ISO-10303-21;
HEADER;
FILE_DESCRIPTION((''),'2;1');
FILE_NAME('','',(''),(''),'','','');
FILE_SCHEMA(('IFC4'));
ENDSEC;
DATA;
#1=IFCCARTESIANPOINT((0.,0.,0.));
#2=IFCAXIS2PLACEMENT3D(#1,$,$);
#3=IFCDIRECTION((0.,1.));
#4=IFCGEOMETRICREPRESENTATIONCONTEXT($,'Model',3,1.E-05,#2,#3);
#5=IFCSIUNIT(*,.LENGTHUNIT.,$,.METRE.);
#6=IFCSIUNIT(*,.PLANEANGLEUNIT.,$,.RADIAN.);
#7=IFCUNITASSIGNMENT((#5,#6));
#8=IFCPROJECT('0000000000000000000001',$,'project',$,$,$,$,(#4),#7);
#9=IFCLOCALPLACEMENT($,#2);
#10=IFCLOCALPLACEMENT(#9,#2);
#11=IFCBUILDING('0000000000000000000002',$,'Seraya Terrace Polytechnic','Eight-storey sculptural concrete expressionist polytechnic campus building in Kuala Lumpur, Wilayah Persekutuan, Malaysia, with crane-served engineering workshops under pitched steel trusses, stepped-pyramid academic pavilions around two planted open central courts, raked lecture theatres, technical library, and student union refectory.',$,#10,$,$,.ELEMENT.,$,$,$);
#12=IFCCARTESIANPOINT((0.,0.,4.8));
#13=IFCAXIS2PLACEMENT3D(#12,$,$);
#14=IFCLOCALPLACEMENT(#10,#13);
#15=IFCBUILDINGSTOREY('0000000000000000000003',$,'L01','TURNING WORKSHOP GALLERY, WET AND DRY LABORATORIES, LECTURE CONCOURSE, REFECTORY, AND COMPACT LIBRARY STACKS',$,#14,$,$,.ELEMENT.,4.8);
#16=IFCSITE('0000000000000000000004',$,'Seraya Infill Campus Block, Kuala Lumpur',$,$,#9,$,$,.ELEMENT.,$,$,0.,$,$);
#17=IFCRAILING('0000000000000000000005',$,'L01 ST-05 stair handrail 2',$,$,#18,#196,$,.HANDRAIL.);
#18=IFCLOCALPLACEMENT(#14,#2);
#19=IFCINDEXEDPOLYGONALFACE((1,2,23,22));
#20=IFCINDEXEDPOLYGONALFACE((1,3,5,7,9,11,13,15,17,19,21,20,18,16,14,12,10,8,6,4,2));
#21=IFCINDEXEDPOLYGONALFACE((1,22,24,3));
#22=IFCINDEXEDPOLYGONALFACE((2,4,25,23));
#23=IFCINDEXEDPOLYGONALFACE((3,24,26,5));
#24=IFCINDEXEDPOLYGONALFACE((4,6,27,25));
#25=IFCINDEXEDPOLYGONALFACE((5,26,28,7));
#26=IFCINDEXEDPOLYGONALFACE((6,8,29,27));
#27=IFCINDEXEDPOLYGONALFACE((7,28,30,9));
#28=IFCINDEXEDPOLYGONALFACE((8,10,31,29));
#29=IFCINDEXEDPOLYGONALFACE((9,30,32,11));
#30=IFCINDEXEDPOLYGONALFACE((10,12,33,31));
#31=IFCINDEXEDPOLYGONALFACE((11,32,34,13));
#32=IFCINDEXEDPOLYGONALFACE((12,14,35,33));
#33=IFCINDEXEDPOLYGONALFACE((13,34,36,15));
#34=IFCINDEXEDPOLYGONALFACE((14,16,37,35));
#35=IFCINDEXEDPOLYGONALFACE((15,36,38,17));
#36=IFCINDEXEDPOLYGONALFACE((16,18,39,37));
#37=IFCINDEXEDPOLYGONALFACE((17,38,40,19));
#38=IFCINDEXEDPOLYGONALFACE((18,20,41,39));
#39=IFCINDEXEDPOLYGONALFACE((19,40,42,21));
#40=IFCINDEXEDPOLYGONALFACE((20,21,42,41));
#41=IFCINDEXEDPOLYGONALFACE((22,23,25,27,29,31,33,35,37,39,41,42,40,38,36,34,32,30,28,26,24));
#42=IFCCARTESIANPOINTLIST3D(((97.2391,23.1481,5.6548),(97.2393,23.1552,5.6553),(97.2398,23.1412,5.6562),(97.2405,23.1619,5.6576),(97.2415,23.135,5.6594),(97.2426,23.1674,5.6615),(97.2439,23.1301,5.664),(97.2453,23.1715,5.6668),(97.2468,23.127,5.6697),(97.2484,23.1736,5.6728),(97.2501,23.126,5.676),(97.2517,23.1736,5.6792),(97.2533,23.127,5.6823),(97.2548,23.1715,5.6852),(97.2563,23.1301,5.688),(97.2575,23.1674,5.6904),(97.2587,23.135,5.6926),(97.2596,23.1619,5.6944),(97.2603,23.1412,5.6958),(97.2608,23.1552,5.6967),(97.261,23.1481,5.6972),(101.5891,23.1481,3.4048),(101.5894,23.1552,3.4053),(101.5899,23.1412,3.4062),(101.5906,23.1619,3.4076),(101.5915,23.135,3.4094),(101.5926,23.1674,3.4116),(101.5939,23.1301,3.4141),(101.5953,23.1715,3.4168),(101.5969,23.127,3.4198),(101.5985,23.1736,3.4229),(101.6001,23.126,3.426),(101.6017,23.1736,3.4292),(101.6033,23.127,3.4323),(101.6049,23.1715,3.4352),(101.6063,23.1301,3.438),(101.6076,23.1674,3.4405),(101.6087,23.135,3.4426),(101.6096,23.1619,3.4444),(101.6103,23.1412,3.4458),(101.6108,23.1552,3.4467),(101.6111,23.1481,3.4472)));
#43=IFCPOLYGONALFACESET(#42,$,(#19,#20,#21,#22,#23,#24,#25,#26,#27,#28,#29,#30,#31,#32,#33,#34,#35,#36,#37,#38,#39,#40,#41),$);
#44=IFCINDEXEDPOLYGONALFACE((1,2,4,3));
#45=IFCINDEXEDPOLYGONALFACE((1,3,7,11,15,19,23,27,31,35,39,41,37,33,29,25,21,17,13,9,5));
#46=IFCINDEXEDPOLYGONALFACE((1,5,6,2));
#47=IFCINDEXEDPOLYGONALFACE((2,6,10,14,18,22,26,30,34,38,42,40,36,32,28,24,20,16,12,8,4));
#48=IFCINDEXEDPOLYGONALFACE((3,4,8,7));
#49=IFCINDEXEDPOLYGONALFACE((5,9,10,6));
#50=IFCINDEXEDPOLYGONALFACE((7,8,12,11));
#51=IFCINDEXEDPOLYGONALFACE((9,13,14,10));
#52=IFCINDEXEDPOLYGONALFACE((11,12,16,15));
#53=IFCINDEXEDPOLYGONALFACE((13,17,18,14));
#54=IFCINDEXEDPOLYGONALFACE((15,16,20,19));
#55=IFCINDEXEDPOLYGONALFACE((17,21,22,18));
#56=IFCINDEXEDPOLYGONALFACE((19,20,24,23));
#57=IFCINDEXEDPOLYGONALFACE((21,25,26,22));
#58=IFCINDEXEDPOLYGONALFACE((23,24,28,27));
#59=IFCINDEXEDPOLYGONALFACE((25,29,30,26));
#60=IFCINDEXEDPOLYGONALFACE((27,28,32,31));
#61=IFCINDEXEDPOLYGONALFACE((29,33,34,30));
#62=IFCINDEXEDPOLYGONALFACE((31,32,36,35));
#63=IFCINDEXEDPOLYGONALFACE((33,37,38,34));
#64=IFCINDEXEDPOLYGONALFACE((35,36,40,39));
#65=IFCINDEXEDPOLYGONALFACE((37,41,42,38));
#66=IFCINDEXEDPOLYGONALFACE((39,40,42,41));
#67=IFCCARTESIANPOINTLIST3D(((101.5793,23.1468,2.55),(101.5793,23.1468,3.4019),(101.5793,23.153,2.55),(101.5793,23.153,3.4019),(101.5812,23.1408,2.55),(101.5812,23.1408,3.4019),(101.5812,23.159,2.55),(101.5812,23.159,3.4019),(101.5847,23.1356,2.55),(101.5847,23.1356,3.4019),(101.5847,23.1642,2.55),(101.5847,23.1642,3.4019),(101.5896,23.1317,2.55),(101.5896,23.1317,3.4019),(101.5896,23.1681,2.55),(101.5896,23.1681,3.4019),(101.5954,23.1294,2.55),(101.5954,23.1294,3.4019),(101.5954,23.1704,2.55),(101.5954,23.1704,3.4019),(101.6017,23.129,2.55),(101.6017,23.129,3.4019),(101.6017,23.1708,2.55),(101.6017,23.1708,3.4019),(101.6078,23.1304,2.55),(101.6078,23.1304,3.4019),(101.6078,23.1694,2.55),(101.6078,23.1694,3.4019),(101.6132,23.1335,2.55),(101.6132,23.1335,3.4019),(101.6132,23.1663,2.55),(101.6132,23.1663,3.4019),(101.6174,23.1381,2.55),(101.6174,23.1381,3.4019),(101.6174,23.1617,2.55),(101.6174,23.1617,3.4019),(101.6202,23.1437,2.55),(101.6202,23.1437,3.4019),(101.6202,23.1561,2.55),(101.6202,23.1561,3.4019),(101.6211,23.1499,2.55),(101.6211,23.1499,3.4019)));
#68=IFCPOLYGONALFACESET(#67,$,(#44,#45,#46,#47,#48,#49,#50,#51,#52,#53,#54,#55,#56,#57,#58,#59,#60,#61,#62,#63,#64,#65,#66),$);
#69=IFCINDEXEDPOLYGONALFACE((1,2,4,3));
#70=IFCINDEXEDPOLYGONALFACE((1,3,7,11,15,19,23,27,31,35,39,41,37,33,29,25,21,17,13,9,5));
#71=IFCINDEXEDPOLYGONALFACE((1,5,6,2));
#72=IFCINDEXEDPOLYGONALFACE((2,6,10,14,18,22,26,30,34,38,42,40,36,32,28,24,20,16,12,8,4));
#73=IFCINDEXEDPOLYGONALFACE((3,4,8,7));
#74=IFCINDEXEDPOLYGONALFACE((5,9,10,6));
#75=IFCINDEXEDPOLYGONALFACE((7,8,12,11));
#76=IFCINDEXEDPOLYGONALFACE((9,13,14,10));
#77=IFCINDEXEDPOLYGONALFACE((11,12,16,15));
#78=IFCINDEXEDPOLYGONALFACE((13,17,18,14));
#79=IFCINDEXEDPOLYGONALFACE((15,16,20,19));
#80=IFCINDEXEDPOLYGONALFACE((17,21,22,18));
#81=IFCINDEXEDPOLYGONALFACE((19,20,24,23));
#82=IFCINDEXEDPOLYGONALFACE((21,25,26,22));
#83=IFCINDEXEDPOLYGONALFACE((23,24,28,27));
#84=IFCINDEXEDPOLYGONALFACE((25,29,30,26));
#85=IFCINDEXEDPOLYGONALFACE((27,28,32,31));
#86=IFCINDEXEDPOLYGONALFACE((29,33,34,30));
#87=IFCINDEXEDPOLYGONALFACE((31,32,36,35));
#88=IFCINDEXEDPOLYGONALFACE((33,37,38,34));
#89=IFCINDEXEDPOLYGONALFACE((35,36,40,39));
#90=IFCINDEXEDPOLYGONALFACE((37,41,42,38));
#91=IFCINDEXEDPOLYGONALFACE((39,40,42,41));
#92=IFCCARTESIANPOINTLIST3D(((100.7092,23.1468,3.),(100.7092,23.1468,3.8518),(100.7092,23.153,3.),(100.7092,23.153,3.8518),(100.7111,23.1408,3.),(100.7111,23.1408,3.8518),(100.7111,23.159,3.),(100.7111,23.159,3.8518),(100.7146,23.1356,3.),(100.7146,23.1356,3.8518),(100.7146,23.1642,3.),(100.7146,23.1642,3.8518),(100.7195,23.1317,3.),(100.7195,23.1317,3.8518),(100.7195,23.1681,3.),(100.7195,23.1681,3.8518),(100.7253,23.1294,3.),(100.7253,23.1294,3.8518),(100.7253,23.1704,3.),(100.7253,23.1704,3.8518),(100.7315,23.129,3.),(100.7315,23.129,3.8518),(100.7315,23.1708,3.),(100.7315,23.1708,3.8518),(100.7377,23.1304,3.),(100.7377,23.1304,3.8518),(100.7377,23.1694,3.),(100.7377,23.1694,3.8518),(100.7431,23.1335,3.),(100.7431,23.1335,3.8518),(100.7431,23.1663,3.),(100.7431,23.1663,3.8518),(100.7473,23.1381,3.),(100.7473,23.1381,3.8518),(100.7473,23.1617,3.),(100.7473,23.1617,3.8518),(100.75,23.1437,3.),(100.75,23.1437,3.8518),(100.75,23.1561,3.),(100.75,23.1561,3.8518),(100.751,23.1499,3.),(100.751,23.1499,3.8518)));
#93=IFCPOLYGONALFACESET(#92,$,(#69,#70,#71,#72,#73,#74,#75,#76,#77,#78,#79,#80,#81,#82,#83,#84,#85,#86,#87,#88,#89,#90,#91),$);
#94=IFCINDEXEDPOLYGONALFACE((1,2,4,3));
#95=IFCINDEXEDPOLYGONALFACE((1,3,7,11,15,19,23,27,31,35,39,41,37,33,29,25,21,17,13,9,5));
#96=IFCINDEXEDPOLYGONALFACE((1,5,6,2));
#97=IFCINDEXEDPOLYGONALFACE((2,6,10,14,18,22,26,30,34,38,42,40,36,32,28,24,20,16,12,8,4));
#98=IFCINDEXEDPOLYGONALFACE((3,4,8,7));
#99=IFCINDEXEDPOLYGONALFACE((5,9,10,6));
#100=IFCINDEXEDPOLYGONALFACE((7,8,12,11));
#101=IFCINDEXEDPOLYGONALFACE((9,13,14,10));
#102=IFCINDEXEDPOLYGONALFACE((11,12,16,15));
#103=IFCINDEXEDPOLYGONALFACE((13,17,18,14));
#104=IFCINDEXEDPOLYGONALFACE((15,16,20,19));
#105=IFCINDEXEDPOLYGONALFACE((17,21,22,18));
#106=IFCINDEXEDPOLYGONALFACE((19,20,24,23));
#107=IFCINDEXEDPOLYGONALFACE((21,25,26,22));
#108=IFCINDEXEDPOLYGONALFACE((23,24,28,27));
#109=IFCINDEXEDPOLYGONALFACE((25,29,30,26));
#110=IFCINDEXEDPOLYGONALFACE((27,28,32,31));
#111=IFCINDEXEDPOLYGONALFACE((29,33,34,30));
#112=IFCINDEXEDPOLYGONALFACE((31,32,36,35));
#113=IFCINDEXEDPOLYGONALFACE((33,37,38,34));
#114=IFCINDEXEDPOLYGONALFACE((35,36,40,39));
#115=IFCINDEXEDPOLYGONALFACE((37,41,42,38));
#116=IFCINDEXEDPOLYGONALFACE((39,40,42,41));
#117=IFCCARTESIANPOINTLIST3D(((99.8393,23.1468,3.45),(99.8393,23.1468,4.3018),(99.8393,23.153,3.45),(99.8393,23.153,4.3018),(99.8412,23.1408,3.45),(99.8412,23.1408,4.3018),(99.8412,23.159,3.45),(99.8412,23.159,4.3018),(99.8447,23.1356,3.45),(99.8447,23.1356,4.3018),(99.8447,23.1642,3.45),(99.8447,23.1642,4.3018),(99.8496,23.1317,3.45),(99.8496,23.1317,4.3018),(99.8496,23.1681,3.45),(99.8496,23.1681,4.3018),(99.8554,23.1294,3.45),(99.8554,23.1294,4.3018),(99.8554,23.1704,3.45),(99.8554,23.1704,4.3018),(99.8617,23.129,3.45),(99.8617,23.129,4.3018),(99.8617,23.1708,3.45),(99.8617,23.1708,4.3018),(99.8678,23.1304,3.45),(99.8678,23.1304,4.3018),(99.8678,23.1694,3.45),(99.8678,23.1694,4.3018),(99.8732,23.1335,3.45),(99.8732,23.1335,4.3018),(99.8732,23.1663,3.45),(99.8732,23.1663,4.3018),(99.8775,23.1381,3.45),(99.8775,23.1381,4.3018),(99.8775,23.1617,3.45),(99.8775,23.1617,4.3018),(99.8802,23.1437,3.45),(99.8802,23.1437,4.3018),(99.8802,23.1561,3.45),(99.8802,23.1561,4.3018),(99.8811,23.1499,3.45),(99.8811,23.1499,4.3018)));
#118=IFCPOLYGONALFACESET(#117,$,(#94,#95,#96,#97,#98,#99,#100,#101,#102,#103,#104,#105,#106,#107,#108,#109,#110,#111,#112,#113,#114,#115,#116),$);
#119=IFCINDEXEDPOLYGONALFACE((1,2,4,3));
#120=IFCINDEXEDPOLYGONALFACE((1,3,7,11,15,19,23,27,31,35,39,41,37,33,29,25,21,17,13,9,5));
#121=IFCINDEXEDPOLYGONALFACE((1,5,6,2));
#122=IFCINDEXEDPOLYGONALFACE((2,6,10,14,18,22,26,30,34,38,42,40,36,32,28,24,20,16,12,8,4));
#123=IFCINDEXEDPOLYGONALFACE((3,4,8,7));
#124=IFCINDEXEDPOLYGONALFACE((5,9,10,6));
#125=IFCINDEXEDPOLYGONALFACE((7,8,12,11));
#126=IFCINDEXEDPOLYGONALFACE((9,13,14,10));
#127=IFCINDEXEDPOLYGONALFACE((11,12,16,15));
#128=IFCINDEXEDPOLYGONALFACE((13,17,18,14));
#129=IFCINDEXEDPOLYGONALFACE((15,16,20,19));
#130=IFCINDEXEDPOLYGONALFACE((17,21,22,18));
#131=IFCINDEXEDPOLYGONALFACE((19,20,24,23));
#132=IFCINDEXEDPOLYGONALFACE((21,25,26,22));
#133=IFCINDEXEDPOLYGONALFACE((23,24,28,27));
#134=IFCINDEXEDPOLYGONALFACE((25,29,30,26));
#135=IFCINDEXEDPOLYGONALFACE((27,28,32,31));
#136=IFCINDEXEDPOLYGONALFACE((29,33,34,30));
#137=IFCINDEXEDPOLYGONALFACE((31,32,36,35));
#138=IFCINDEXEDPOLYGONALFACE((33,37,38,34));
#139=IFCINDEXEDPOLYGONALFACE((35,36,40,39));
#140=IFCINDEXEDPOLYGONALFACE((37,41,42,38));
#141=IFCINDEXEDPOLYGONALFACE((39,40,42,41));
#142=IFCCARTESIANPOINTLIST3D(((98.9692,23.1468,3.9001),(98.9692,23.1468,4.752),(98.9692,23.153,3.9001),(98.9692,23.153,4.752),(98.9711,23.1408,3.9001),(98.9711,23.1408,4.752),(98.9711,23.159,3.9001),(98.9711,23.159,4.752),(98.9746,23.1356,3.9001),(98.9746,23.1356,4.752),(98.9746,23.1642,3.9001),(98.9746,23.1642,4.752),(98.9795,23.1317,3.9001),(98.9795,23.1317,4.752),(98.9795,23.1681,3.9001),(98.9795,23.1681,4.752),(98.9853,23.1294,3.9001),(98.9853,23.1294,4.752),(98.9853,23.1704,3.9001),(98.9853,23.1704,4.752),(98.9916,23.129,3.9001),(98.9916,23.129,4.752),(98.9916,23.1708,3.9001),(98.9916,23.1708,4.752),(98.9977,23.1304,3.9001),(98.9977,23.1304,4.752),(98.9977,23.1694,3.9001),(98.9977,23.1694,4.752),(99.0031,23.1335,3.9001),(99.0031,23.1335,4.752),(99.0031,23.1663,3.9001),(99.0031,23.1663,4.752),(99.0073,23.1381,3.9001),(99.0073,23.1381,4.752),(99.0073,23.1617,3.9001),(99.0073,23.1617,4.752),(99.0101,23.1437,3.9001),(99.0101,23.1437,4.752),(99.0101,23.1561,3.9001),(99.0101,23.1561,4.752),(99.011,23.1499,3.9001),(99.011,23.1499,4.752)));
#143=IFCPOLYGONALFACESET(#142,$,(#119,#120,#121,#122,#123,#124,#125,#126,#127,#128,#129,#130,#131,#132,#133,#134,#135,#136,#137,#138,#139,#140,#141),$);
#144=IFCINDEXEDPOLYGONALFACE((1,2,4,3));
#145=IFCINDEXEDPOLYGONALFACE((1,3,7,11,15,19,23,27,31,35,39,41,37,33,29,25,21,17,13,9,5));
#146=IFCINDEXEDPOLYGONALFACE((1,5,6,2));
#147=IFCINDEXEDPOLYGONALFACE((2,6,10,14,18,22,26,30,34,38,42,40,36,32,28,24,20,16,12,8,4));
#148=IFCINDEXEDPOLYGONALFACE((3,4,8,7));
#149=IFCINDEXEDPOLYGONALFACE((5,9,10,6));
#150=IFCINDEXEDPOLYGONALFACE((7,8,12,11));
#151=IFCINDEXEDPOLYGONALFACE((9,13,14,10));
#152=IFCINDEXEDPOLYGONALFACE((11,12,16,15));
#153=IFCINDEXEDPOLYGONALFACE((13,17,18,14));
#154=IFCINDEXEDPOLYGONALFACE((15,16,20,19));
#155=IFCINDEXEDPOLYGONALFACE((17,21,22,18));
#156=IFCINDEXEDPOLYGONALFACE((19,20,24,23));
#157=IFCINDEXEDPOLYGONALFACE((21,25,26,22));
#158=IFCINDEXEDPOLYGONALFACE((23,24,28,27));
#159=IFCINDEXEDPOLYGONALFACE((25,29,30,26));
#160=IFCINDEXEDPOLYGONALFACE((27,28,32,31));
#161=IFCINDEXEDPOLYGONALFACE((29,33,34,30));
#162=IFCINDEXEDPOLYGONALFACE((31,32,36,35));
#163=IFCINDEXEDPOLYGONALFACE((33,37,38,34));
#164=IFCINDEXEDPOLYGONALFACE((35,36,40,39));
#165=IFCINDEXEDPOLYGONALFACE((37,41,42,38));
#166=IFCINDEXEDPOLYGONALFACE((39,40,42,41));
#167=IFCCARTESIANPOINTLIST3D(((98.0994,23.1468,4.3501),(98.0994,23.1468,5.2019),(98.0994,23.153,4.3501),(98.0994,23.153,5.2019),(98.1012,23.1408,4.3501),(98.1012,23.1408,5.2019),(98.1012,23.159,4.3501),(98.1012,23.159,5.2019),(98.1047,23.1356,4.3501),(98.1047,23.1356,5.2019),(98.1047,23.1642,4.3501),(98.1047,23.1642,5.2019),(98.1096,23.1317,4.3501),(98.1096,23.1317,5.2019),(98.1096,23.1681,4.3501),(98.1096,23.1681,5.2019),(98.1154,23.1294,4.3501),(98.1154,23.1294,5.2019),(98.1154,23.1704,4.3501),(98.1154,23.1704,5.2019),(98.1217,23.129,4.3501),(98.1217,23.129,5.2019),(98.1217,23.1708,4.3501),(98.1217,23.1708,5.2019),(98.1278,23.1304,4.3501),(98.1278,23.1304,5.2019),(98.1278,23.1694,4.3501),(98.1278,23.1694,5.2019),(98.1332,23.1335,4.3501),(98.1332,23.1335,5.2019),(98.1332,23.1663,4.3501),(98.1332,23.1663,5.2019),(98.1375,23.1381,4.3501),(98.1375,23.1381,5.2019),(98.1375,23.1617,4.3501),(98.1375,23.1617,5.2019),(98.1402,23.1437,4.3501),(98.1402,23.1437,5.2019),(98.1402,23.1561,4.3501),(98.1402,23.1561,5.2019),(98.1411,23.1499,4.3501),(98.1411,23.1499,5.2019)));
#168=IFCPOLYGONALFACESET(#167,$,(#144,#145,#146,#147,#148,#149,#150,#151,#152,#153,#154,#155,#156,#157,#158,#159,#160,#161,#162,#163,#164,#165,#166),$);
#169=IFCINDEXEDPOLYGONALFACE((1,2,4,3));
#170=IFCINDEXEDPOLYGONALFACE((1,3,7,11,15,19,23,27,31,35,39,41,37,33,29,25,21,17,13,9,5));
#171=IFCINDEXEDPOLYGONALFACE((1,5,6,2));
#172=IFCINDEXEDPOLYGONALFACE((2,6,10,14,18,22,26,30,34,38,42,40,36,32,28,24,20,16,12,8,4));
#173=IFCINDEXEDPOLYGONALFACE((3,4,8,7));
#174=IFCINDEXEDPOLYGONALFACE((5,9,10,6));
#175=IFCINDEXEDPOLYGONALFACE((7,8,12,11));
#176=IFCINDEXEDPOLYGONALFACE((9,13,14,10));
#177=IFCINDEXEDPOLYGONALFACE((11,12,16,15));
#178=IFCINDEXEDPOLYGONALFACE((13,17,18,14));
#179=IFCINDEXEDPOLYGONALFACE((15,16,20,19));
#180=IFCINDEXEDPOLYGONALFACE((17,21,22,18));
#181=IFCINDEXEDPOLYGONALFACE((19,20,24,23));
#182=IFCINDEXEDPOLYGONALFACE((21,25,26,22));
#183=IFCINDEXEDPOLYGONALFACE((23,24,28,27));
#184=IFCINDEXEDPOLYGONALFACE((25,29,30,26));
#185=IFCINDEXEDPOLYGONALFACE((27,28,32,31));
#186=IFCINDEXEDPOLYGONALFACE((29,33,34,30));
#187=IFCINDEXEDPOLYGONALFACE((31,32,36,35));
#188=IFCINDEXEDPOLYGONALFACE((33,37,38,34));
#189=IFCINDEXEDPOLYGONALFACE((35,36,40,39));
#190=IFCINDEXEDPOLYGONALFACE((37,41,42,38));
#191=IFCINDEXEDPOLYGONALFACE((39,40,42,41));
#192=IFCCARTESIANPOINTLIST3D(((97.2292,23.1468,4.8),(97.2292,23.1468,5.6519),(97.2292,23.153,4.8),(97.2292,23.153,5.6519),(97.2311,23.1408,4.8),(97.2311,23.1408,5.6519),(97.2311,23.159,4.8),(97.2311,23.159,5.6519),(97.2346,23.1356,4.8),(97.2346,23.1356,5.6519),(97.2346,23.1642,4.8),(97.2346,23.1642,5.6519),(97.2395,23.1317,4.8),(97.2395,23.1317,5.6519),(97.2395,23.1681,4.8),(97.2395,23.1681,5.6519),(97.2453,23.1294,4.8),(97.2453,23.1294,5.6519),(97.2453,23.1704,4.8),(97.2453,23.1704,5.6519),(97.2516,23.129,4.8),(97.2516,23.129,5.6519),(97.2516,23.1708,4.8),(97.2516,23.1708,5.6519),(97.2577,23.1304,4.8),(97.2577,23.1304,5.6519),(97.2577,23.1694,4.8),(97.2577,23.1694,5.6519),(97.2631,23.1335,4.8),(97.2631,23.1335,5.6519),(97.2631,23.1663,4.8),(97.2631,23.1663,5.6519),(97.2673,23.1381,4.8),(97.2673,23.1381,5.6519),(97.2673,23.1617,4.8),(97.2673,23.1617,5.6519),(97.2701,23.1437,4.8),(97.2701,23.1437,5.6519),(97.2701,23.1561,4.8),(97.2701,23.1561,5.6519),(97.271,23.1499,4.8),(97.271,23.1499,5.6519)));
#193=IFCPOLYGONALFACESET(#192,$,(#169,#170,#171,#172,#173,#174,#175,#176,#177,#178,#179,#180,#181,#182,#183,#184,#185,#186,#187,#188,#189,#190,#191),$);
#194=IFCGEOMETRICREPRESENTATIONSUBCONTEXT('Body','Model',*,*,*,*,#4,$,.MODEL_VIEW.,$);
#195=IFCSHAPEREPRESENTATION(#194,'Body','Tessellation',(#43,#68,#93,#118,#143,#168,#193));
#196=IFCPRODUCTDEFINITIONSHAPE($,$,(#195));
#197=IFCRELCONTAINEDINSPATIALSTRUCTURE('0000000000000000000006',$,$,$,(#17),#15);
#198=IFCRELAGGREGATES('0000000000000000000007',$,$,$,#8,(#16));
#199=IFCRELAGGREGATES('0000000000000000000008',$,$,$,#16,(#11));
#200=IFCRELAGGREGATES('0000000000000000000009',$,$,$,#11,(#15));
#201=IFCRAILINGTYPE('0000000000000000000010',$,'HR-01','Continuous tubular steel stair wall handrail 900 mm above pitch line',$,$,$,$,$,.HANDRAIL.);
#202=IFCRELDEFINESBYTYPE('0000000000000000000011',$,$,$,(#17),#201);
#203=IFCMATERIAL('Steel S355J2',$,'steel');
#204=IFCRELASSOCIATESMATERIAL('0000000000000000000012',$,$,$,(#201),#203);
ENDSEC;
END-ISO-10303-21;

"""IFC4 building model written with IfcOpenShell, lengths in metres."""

from ifc_helpers import new_model, si_unit, direction, frame, origin, origin_2d, place, context, subcontext, project, spatial, circle, extrude, material, type_object, element, save


model = new_model("IFC4")

# Units and contexts
model_context = context("Model", 3, precision=1e-05, world=origin(), true_north=direction((0.0, 1.0)))
body_context = subcontext(model_context, "Body", "Model", "MODEL_VIEW")
ifc_project = project(units=[si_unit("LENGTHUNIT", "METRE"), si_unit("PLANEANGLEUNIT", "RADIAN")], contexts=[model_context])

# Site, building, storey
site_placement = place(None, origin())
site = spatial("IfcSite", under=ifc_project, at=site_placement, Name="Seraya Infill Campus Block, Kuala Lumpur", CompositionType="ELEMENT", RefElevation=0.0)
building_placement = place(site_placement, origin())
building = spatial("IfcBuilding", under=site, at=building_placement, Name="Seraya Terrace Polytechnic", Description="Eight-storey sculptural concrete expressionist polytechnic campus building in Kuala Lumpur, Wilayah Persekutuan, Malaysia, with crane-served engineering workshops under pitched steel trusses, stepped-pyramid academic pavilions around two planted open central courts, raked lecture theatres, technical library, and student union refectory.", CompositionType="ELEMENT")
storey_placement = place(building_placement, frame((0.0, 0.0, 4.8)))
storey = spatial("IfcBuildingStorey", under=building, at=storey_placement, Name="L01", Description="TURNING WORKSHOP GALLERY, WET AND DRY LABORATORIES, LECTURE CONCOURSE, REFECTORY, AND COMPACT LIBRARY STACKS", CompositionType="ELEMENT", Elevation=4.8)

# Railing
ifc_material_1 = material(Name="Steel S355J2", Category="steel")
railing_type_1 = type_object("IfcRailingType", Name="HR-01", Description="Continuous tubular steel stair wall handrail 900 mm above pitch line", PredefinedType="HANDRAIL", material=ifc_material_1)
railing_1_placement = place(storey_placement, frame((101.6001, 23.1499, 2.55)))
element("IfcRailing", 1, at=railing_1_placement, inside=storey, type_object=railing_type_1, Name="L01 ST-05 stair handrail 2", PredefinedType="HANDRAIL", context=body_context, shape_type="SweptSolid", body=[
    extrude(circle(Radius=0.0239, at=origin_2d()), frame((0.0, 0.0, 0.876), z_axis=(-0.888222, 0.0, 0.459415), x_axis=(0.0, -1.0, 0.0)), (0.0, 0.0, 1.0), 4.8975),
    extrude(circle(Radius=0.021, at=origin_2d()), origin(), (0.0, 0.0, 1.0), 0.8518),
    extrude(circle(Radius=0.021, at=origin_2d()), frame((-0.8701, 0.0, 0.45)), (0.0, 0.0, 1.0), 0.8518),
    extrude(circle(Radius=0.021, at=origin_2d()), frame((-1.74, 0.0, 0.8999)), (0.0, 0.0, 1.0), 0.8518),
    extrude(circle(Radius=0.021, at=origin_2d()), frame((-2.6101, 0.0, 1.3501)), (0.0, 0.0, 1.0), 0.8518),
    extrude(circle(Radius=0.021, at=origin_2d()), frame((-3.48, 0.0, 1.8)), (0.0, 0.0, 1.0), 0.8518),
    extrude(circle(Radius=0.021, at=origin_2d()), frame((-4.3501, 0.0, 2.25)), (0.0, 0.0, 1.0), 0.8518),
])

save(model, "model.ifc")
